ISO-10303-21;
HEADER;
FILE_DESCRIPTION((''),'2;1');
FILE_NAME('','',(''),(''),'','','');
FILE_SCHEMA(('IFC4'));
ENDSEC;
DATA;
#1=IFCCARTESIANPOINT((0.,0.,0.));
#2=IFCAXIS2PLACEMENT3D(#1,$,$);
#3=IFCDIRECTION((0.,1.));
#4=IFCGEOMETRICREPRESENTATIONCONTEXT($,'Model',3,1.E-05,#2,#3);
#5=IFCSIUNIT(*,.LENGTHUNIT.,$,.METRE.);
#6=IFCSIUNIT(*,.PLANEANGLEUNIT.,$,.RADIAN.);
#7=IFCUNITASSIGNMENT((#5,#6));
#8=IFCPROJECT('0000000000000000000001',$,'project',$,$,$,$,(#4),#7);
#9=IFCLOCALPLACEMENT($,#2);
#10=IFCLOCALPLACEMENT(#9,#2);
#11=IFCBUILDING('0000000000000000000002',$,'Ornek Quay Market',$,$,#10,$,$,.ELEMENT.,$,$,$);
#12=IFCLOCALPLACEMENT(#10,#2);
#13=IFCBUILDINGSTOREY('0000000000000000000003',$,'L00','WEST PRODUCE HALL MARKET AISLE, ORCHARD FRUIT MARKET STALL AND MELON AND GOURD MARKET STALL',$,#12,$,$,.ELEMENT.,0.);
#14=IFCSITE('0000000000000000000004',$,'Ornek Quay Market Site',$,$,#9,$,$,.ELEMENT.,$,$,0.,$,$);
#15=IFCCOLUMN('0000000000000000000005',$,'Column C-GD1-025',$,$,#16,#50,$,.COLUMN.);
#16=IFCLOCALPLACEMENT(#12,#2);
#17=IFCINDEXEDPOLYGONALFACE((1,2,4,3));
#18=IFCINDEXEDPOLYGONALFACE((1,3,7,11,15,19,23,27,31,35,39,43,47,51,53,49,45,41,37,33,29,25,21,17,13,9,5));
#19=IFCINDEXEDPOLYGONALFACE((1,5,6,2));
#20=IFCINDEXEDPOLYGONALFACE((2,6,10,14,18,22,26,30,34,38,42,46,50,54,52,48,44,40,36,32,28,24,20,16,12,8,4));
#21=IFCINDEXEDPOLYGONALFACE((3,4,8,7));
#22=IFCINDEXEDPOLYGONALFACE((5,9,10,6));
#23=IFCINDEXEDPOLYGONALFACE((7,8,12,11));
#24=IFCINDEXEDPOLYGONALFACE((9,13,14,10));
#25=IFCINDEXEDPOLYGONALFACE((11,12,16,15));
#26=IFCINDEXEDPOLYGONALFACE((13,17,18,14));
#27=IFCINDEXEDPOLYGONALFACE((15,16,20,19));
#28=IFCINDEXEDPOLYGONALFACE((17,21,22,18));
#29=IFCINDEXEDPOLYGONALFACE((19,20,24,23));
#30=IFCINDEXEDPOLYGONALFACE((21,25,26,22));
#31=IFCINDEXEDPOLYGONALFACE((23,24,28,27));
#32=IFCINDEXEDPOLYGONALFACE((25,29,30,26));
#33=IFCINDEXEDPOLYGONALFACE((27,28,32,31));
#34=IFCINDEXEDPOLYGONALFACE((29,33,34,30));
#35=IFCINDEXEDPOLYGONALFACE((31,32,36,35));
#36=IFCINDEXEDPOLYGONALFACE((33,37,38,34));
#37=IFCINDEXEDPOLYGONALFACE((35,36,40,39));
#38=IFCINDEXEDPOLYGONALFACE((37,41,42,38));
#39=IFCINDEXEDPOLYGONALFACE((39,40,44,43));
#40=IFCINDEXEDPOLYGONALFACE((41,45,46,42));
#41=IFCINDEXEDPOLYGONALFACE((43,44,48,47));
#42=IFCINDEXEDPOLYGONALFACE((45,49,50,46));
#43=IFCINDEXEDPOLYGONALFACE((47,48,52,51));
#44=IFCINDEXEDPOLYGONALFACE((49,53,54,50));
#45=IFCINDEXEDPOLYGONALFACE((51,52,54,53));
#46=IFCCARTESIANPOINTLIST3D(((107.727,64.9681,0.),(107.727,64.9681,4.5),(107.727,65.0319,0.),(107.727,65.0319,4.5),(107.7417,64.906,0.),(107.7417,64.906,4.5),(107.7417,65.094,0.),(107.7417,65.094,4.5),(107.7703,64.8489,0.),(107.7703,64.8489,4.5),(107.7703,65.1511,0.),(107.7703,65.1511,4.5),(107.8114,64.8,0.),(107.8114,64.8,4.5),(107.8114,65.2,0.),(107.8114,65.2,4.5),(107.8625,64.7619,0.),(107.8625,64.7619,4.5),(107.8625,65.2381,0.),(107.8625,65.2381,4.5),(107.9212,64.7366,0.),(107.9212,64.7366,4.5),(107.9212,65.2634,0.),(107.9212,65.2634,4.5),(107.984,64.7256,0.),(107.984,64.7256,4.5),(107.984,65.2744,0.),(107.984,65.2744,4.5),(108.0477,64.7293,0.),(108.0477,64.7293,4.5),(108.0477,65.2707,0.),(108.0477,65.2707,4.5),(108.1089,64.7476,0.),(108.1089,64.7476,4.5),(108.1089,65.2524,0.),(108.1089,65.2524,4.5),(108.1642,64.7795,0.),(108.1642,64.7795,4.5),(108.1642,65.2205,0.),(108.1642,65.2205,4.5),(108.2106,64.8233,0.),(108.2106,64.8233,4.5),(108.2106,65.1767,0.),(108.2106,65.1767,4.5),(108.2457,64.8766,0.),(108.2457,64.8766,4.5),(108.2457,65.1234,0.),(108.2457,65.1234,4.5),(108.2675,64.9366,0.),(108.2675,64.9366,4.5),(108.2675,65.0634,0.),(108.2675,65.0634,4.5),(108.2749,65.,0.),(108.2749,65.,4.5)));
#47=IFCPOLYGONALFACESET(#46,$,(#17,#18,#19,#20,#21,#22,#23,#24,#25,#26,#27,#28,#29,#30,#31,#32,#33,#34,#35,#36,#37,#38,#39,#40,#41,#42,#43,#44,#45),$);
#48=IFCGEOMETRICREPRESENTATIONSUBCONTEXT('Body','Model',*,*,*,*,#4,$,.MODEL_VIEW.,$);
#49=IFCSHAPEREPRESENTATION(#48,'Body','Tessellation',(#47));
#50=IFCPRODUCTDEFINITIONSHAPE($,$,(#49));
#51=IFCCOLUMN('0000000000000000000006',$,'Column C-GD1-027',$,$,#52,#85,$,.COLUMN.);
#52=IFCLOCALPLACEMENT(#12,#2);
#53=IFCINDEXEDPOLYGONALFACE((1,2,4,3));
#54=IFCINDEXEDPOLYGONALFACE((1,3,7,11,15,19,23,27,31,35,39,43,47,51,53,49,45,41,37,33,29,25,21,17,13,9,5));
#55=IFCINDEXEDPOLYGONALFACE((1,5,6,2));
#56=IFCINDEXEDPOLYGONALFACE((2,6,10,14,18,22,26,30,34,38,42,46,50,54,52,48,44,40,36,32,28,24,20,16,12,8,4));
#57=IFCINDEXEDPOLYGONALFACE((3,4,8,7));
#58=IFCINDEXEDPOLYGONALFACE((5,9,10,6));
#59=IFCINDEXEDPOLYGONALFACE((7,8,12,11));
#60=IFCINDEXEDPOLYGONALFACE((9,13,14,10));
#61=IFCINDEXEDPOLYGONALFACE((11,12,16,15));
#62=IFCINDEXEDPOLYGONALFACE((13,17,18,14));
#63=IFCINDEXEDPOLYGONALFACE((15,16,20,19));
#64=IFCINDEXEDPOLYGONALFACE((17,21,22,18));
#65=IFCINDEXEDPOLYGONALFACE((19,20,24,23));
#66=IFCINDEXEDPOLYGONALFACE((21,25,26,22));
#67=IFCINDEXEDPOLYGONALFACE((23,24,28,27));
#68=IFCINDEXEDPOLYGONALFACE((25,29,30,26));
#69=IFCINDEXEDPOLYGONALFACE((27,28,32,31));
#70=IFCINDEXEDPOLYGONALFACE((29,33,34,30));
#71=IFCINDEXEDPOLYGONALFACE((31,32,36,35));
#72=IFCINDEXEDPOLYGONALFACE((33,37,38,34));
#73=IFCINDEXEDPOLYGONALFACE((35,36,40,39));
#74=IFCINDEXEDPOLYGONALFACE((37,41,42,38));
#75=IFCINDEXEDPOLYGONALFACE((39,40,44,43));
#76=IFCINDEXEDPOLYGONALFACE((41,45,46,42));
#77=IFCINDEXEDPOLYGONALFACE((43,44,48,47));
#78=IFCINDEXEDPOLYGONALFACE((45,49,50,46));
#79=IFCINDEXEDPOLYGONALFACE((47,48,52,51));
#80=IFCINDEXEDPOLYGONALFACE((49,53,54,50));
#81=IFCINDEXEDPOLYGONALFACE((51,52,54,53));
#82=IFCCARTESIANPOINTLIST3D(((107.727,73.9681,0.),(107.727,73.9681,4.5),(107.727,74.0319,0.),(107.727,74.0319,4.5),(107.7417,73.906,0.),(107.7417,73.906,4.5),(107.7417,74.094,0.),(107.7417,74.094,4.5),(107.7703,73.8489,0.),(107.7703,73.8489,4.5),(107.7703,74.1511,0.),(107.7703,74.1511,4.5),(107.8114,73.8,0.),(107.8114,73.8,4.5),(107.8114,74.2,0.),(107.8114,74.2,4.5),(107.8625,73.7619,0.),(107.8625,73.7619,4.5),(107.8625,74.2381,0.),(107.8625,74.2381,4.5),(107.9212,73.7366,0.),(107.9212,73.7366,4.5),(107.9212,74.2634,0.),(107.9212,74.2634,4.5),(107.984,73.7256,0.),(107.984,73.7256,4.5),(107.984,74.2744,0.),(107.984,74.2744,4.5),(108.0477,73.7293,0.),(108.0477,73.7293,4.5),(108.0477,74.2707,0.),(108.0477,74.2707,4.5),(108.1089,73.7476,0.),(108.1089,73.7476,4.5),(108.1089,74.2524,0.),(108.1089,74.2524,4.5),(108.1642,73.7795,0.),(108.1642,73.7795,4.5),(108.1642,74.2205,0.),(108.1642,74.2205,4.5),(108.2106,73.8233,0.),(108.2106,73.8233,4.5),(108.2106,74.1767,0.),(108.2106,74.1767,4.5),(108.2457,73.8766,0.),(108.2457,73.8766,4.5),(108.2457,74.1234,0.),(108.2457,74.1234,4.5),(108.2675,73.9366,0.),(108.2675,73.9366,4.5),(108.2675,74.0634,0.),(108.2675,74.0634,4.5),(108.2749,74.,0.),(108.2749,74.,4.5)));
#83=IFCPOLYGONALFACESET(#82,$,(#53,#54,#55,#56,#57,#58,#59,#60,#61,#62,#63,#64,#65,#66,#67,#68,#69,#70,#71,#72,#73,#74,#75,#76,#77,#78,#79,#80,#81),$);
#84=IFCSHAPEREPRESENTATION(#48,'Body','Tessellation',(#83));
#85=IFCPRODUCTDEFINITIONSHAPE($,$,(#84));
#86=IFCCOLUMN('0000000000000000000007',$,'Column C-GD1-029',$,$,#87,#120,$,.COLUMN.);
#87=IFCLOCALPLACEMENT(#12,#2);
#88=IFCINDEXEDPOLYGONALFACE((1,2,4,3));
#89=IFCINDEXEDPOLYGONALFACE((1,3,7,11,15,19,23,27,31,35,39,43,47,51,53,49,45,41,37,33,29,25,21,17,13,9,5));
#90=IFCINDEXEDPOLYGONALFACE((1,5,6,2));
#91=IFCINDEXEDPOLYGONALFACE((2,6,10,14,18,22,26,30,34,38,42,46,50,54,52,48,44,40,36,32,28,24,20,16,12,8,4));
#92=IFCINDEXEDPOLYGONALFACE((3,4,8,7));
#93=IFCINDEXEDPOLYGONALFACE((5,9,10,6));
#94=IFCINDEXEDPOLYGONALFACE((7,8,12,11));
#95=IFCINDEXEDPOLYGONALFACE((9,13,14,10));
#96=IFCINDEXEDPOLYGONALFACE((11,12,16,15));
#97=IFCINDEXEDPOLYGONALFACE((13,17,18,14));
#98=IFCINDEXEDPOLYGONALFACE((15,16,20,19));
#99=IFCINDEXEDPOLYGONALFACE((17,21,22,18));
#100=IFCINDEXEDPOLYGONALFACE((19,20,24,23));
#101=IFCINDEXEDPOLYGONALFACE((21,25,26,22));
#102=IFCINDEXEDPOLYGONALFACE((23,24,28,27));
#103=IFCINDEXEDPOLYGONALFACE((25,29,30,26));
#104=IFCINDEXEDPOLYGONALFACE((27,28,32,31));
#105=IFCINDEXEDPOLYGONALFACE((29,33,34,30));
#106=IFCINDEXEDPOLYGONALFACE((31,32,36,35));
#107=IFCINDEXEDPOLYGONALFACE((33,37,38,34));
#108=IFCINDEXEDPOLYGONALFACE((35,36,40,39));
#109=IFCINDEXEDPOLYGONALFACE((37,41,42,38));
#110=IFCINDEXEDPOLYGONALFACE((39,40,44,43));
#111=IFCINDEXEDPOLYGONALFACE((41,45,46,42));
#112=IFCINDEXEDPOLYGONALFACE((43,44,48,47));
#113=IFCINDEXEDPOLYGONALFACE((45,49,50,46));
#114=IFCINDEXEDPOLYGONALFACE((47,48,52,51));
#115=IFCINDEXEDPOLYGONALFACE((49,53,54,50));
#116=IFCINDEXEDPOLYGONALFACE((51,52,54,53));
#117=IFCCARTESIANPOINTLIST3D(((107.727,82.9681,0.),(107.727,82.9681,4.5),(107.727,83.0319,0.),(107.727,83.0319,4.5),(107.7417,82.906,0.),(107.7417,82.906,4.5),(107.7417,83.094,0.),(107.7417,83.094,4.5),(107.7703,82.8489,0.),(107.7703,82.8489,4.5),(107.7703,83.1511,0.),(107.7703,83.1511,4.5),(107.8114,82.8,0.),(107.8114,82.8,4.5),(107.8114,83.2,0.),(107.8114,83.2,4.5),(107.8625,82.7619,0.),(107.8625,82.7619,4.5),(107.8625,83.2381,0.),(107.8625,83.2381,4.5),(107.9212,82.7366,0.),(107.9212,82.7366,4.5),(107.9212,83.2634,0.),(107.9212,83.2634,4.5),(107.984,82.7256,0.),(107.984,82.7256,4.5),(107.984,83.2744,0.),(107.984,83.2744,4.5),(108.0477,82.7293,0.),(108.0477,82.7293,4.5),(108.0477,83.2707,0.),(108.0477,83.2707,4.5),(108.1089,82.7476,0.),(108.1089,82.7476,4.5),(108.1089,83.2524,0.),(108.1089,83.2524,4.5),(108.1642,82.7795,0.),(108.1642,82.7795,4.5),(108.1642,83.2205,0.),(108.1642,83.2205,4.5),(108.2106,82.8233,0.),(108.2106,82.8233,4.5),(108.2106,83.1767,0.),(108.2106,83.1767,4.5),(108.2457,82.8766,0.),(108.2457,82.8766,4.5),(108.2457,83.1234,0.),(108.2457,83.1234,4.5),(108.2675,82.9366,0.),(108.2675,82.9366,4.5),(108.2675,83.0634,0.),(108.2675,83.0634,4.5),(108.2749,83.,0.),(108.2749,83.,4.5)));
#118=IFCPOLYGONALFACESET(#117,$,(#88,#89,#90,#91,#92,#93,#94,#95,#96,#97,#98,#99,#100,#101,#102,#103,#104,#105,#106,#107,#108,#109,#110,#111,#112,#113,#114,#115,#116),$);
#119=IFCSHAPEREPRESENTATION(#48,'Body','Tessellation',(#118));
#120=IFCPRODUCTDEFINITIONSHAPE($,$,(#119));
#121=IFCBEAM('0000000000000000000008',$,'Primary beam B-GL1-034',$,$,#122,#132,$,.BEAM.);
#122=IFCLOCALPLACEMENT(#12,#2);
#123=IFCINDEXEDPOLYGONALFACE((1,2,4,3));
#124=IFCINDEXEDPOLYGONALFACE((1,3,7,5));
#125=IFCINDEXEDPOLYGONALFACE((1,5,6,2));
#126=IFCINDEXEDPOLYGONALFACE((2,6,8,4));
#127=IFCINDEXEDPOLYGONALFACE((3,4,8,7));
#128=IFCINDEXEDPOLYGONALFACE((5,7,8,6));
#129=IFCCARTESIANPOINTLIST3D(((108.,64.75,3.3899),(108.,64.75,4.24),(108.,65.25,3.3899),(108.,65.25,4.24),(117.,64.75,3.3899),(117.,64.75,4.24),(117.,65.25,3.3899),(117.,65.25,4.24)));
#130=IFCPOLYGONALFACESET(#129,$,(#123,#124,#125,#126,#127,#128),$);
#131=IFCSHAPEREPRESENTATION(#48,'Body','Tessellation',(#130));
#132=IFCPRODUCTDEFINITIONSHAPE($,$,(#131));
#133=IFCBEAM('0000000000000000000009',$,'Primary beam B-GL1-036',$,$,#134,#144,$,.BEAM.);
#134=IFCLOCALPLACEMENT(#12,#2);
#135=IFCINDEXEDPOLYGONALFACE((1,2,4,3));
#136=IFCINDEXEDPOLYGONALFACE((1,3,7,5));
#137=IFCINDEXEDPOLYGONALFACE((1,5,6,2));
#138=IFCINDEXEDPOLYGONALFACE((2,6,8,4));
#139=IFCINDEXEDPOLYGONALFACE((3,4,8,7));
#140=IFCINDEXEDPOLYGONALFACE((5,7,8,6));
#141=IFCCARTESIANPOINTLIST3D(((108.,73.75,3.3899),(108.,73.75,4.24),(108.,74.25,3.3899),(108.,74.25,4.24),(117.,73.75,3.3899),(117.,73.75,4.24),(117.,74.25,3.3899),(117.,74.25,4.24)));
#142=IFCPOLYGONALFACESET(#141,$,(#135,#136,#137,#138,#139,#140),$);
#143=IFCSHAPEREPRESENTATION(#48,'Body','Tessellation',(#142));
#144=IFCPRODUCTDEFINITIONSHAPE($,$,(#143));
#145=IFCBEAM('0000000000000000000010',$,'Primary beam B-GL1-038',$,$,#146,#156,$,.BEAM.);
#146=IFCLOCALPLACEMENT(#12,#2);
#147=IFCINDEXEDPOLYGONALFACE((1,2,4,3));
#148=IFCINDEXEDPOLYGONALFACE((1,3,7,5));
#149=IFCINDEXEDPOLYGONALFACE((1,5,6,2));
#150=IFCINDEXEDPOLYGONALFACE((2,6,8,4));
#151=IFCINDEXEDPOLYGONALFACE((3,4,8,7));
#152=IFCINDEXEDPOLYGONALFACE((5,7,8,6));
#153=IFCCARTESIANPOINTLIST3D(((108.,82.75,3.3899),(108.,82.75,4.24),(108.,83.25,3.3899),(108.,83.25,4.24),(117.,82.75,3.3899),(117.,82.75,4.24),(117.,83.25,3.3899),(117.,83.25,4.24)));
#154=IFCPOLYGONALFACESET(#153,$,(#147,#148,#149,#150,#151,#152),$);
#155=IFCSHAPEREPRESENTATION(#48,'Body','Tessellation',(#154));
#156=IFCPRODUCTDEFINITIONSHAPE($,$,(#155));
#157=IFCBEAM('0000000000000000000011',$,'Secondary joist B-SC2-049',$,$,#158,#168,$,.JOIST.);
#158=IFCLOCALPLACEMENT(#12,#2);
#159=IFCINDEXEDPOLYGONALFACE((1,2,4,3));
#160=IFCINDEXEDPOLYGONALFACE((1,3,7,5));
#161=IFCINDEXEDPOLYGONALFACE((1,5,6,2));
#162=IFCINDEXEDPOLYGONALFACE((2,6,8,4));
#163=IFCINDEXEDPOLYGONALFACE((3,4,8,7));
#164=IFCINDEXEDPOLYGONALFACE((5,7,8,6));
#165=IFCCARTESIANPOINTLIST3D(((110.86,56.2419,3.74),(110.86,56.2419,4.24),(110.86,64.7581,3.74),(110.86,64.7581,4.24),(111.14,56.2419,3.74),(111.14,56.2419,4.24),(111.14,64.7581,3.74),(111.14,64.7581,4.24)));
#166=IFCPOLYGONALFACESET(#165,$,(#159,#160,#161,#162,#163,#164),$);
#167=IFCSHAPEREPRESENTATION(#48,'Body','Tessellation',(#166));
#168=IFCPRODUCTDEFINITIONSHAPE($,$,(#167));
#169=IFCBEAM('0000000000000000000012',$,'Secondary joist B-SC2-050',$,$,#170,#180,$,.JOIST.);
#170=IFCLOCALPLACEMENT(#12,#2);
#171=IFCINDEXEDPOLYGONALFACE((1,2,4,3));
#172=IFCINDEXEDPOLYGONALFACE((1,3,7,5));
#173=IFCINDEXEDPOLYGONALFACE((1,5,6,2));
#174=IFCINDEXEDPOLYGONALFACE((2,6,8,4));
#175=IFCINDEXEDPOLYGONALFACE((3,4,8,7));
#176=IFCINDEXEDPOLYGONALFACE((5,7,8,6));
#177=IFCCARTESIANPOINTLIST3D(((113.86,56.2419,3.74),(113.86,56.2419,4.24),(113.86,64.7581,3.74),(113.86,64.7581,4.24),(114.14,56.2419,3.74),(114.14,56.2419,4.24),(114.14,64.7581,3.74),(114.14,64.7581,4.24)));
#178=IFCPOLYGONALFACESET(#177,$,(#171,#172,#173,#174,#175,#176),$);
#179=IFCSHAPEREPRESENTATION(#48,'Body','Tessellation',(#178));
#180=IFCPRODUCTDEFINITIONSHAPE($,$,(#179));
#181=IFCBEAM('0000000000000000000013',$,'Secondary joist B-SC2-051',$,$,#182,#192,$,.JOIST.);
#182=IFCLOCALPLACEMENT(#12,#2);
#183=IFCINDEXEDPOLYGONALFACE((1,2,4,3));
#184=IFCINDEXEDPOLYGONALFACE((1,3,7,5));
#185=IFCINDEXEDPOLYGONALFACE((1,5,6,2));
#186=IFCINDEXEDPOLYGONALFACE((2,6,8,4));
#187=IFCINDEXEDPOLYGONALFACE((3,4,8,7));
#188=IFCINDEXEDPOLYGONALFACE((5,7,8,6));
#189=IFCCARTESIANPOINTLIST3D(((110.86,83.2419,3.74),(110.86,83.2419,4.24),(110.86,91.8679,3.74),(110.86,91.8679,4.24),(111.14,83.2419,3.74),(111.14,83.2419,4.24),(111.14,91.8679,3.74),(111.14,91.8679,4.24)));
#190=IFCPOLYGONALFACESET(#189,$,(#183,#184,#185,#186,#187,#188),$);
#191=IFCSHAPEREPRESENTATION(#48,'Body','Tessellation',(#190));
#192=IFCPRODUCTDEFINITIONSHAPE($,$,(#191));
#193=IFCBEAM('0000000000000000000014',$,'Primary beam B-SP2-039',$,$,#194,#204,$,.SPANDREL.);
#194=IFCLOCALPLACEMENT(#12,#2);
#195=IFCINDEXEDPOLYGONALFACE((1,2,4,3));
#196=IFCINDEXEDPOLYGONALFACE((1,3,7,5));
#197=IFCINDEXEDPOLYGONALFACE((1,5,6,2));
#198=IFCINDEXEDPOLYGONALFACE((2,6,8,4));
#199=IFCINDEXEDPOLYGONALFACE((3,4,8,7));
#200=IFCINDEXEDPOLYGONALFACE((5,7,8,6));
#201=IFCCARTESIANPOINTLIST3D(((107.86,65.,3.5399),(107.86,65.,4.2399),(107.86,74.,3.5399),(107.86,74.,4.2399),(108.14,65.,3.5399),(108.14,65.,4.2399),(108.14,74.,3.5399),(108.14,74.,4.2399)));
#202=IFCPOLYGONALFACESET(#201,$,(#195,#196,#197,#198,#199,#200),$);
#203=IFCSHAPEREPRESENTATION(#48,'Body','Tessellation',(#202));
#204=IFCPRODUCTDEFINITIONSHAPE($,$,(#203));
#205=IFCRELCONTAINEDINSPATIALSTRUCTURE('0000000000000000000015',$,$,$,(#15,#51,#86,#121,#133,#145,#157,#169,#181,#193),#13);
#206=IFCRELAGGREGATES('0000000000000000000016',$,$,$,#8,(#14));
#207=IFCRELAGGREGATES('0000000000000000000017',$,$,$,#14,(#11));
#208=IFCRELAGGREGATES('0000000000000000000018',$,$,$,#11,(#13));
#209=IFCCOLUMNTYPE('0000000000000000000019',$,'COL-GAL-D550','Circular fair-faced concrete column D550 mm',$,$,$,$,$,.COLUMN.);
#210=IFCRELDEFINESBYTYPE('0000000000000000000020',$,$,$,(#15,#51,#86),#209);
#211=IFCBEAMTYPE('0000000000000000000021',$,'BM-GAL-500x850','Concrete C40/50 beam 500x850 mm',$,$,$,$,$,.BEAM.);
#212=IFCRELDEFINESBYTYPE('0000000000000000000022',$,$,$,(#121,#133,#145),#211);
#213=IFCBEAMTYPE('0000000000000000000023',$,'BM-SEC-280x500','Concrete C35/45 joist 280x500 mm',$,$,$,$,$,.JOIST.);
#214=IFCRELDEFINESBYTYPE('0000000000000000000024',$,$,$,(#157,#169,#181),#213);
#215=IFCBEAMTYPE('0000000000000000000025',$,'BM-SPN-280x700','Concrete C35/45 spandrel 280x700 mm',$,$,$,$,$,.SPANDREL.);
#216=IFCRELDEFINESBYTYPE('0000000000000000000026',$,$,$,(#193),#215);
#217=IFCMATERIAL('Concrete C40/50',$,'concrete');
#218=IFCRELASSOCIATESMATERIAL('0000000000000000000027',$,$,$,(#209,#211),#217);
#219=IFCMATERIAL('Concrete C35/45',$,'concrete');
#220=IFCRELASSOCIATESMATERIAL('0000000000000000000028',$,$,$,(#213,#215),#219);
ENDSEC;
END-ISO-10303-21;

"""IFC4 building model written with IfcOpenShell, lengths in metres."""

from ifc_helpers import new_model, si_unit, direction, frame, origin, origin_2d, place, context, subcontext, project, spatial, rectangle, circle, extrude, material, material_profile, profile_set, type_object, element, save


model = new_model("IFC4")

# Units and contexts
model_context = context("Model", 3, precision=1e-05, world=origin(), true_north=direction((0.0, 1.0)))
body_context = subcontext(model_context, "Body", "Model", "MODEL_VIEW")
ifc_project = project(units=[si_unit("LENGTHUNIT", "METRE"), si_unit("PLANEANGLEUNIT", "RADIAN")], contexts=[model_context])

# Site, building, storey
site_placement = place(None, origin())
site = spatial("IfcSite", under=ifc_project, at=site_placement, Name="Ornek Quay Market Site", CompositionType="ELEMENT", RefElevation=0.0)
building_placement = place(site_placement, origin())
building = spatial("IfcBuilding", under=site, at=building_placement, Name="Ornek Quay Market", CompositionType="ELEMENT")
storey_placement = place(building_placement, origin())
storey = spatial("IfcBuildingStorey", under=building, at=storey_placement, Name="L00", Description="WEST PRODUCE HALL MARKET AISLE, ORCHARD FRUIT MARKET STALL AND MELON AND GOURD MARKET STALL", CompositionType="ELEMENT", Elevation=0.0)

# Columns
ifc_material_1 = material(Name="Concrete C40/50", Category="concrete")
ifc_material_profile_1 = material_profile(ifc_material_1, circle(Radius=0.2749, at=origin_2d()), Name="RC D550", Category="concrete")
ifc_profile_set_1 = profile_set([ifc_material_profile_1], Name="Concrete C40/50")
column_type = type_object("IfcColumnType", Name="COL-GAL-D550", Description="Circular fair-faced concrete column D550 mm", PredefinedType="COLUMN", material=ifc_profile_set_1)
for number, where, z_axis, x_axis, name in (
    (1, (108.0, 65.0, 0.0), (0.0, 0.0, 1.0), (1.0, 0.0, 0.0), "Column C-GD1-025"),
    (2, (108.0, 74.0, 0.0), (0.0, 0.0, 1.0), (1.0, 0.0, 0.0), "Column C-GD1-027"),
    (3, (108.0, 83.0, 0.0), (0.0, 0.0, 1.0), (1.0, 0.0, 0.0), "Column C-GD1-029"),
):
    element("IfcColumn", number, at=place(storey_placement, frame(where, z_axis=z_axis, x_axis=x_axis)), inside=storey, type_object=column_type, Name=name, PredefinedType="COLUMN", context=body_context, shape_type="SweptSolid", body=[
        extrude(circle(Radius=0.2749, at=origin_2d()), origin(), (0.0, 0.0, 1.0), 4.5),
    ])

# Beams
ifc_material_profile_2 = material_profile(ifc_material_1, rectangle(XDim=0.5, YDim=0.8501, at=origin_2d()), Name="RC 500x850", Category="concrete")
ifc_profile_set_2 = profile_set([ifc_material_profile_2], Name="Concrete C40/50")
beam_type_1 = type_object("IfcBeamType", Name="BM-GAL-500x850", Description="Concrete C40/50 beam 500x850 mm", PredefinedType="BEAM", material=ifc_profile_set_2)
for number, where, z_axis, x_axis, name in (
    (4, (108.0, 65.0, 3.8149), (1.0, 0.0, 0.0), (0.0, 1.0, 0.0), "Primary beam B-GL1-034"),
    (5, (108.0, 74.0, 3.8149), (1.0, 0.0, 0.0), (0.0, 1.0, 0.0), "Primary beam B-GL1-036"),
    (6, (108.0, 83.0, 3.8149), (1.0, 0.0, 0.0), (0.0, 1.0, 0.0), "Primary beam B-GL1-038"),
):
    element("IfcBeam", number, at=place(storey_placement, frame(where, z_axis=z_axis, x_axis=x_axis)), inside=storey, type_object=beam_type_1, Name=name, PredefinedType="BEAM", context=body_context, shape_type="SweptSolid", body=[
        extrude(rectangle(XDim=0.5, YDim=0.8501, at=origin_2d()), origin(), (0.0, 0.0, 1.0), 9.0),
    ])
ifc_material_2 = material(Name="Concrete C35/45", Category="concrete")
ifc_material_profile_3 = material_profile(ifc_material_2, rectangle(XDim=0.28, YDim=0.5, at=origin_2d()), Name="RC 280x500", Category="concrete")
ifc_profile_set_3 = profile_set([ifc_material_profile_3], Name="Concrete C35/45")
beam_type_2 = type_object("IfcBeamType", Name="BM-SEC-280x500", Description="Concrete C35/45 joist 280x500 mm", PredefinedType="JOIST", material=ifc_profile_set_3)
for number, where, z_axis, x_axis, name in (
    (7, (111.0, 56.2419, 3.99), (0.0, 1.0, 0.0), (-1.0, 0.0, 0.0), "Secondary joist B-SC2-049"),
    (8, (114.0, 56.2419, 3.99), (0.0, 1.0, 0.0), (-1.0, 0.0, 0.0), "Secondary joist B-SC2-050"),
):
    element("IfcBeam", number, at=place(storey_placement, frame(where, z_axis=z_axis, x_axis=x_axis)), inside=storey, type_object=beam_type_2, Name=name, PredefinedType="JOIST", context=body_context, shape_type="SweptSolid", body=[
        extrude(rectangle(XDim=0.28, YDim=0.5, at=origin_2d()), origin(), (0.0, 0.0, 1.0), 8.5161),
    ])
beam_1_placement = place(storey_placement, frame((111.0, 83.2419, 3.99), z_axis=(0.0, 1.0, 0.0), x_axis=(-1.0, 0.0, 0.0)))
element("IfcBeam", 9, at=beam_1_placement, inside=storey, type_object=beam_type_2, Name="Secondary joist B-SC2-051", PredefinedType="JOIST", context=body_context, shape_type="SweptSolid", body=[
    extrude(rectangle(XDim=0.28, YDim=0.5, at=origin_2d()), origin(), (0.0, 0.0, 1.0), 8.626),
])
ifc_material_profile_4 = material_profile(ifc_material_2, rectangle(XDim=0.28, YDim=0.7, at=origin_2d()), Name="RC 280x700", Category="concrete")
ifc_profile_set_4 = profile_set([ifc_material_profile_4], Name="Concrete C35/45")
beam_type_3 = type_object("IfcBeamType", Name="BM-SPN-280x700", Description="Concrete C35/45 spandrel 280x700 mm", PredefinedType="SPANDREL", material=ifc_profile_set_4)
for number, where, z_axis, x_axis, name in (
    (10, (108.0, 65.0, 3.8899), (0.0, 1.0, 0.0), (-1.0, 0.0, 0.0), "Primary beam B-SP2-039"),
):
    element("IfcBeam", number, at=place(storey_placement, frame(where, z_axis=z_axis, x_axis=x_axis)), inside=storey, type_object=beam_type_3, Name=name, PredefinedType="SPANDREL", context=body_context, shape_type="SweptSolid", body=[
        extrude(rectangle(XDim=0.28, YDim=0.7, at=origin_2d()), origin(), (0.0, 0.0, 1.0), 9.0),
    ])

save(model, "model.ifc")
